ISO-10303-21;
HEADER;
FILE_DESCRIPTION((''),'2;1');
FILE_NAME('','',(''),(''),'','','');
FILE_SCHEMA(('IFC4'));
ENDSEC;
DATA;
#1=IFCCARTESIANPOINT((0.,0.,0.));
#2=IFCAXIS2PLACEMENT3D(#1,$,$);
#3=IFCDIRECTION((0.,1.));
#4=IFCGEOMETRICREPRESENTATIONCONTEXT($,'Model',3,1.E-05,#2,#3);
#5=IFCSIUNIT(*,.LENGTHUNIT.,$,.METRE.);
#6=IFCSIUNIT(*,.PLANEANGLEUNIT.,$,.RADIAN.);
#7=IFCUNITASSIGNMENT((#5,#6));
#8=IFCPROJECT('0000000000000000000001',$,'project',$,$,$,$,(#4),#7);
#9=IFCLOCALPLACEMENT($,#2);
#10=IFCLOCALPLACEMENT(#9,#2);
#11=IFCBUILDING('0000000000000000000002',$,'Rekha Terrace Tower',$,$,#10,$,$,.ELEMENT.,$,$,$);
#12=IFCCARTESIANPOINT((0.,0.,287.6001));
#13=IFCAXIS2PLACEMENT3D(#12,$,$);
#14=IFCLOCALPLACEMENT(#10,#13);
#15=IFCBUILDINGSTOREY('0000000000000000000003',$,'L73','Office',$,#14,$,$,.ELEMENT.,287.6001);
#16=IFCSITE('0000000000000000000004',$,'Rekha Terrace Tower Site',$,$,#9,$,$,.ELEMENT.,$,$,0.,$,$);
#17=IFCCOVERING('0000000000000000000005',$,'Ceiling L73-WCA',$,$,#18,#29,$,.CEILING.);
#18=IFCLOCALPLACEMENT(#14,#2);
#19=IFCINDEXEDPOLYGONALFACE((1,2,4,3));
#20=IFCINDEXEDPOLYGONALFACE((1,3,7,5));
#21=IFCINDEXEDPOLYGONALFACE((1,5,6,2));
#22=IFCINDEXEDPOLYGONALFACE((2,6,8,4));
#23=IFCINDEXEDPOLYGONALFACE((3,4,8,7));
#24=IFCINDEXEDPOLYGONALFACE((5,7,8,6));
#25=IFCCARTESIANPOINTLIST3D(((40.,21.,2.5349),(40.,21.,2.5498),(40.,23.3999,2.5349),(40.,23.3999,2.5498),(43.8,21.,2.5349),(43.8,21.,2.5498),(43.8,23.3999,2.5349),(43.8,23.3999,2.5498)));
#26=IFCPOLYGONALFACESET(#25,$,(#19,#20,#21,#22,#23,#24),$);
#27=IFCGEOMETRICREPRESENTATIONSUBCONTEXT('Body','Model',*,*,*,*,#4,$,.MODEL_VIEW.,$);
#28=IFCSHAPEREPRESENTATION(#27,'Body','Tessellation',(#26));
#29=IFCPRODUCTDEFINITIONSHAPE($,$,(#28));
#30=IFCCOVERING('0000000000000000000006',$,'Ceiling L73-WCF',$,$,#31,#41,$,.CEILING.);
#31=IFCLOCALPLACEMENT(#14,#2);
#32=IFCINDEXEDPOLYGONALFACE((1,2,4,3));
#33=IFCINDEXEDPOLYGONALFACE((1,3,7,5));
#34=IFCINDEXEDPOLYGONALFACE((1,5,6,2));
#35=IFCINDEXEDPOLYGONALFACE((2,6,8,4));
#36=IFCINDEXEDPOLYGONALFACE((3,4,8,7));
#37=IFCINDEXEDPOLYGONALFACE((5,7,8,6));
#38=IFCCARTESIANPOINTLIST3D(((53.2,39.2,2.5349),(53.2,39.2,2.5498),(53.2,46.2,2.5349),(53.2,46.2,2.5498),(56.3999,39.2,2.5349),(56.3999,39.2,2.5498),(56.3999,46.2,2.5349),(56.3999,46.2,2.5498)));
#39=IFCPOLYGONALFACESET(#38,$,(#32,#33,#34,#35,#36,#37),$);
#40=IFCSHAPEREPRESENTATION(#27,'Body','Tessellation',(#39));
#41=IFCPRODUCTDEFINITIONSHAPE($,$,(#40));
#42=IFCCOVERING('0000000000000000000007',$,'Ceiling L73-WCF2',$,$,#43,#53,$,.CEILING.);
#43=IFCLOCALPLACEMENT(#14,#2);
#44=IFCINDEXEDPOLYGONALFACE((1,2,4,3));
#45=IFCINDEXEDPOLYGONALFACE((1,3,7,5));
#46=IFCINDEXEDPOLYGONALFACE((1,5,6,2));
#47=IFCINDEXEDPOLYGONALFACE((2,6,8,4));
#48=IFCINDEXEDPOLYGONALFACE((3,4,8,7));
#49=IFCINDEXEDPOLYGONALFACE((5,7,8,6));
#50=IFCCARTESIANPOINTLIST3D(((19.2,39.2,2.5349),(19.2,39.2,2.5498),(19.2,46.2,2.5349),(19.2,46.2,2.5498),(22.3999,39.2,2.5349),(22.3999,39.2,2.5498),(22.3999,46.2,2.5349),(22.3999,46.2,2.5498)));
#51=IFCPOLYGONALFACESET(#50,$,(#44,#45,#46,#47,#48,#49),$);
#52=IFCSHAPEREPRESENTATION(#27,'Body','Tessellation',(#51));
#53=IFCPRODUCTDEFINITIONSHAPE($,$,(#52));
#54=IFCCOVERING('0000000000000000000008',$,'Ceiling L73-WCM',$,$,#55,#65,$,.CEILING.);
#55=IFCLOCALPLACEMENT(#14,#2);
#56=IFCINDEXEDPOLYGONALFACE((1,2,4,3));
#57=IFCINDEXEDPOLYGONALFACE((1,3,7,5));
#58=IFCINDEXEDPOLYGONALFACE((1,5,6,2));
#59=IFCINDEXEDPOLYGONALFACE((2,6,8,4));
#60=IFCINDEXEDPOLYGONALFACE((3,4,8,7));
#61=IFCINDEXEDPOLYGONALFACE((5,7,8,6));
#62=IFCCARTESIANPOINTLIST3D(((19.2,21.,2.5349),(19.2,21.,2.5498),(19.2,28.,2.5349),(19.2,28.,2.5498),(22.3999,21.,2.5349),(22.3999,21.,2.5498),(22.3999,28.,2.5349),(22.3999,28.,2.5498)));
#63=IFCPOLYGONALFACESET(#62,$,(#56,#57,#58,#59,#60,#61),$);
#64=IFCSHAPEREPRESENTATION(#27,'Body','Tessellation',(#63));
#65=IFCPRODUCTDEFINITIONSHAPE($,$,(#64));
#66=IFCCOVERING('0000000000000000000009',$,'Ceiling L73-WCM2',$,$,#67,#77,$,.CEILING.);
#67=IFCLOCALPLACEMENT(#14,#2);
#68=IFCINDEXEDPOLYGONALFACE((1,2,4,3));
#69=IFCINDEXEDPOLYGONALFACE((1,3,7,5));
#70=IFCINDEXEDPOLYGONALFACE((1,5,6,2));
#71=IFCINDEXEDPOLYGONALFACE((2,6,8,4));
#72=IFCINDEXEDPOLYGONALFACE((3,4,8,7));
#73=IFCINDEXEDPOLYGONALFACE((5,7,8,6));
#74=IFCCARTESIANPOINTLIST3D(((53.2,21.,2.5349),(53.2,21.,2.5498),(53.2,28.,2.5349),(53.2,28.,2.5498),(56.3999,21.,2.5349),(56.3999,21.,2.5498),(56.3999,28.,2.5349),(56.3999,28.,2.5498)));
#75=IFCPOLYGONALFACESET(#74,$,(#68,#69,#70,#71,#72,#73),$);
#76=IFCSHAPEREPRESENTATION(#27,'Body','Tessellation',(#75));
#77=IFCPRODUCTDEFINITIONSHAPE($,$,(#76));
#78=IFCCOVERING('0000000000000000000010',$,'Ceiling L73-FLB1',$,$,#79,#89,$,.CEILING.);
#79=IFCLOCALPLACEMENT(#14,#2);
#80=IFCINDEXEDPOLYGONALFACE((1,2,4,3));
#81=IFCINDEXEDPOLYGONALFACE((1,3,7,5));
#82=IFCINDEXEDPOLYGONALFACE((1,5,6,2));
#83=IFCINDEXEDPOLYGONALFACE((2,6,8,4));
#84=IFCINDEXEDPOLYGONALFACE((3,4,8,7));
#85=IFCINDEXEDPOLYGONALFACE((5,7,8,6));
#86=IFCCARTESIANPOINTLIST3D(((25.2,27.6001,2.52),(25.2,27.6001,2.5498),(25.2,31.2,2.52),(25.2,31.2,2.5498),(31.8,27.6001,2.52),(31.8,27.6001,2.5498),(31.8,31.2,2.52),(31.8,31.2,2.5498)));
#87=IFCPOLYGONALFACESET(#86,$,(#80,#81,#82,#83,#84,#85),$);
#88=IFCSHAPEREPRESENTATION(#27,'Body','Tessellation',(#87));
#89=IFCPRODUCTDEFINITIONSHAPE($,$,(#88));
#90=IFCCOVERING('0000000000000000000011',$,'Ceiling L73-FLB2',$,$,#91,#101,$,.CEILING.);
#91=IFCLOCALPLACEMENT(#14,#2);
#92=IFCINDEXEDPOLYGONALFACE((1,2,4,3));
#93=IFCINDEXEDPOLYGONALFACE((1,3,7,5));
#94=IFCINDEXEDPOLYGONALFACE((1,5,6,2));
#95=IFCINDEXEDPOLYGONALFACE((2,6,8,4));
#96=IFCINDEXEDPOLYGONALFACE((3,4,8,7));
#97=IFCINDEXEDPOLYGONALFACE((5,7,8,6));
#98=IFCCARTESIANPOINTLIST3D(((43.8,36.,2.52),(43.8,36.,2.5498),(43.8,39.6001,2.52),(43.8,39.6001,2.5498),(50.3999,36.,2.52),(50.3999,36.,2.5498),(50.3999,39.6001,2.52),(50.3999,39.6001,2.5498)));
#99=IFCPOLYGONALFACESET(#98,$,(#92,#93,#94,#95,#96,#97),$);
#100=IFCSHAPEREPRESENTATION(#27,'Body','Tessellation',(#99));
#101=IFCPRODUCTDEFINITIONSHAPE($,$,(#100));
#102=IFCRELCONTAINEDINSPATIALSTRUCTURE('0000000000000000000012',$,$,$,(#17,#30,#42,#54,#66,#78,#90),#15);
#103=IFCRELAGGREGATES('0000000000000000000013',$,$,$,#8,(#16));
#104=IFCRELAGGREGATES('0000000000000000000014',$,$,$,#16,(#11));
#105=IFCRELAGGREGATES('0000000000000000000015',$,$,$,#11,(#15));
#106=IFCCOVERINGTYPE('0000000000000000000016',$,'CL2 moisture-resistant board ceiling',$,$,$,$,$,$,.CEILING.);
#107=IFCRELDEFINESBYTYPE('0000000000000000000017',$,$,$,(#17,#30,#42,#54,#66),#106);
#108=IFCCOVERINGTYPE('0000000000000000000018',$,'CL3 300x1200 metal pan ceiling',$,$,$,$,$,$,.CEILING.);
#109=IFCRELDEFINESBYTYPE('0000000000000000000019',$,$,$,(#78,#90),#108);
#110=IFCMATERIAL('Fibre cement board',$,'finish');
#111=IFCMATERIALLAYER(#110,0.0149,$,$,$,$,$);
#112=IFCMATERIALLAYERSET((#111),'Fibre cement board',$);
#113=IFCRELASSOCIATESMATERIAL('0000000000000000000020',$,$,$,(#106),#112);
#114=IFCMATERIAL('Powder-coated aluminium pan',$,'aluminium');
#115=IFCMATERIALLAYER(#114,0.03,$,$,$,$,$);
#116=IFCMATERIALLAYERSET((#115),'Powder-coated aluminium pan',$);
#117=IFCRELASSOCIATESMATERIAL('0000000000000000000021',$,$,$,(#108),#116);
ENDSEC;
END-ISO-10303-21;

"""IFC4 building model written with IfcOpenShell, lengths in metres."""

from ifc_helpers import new_model, si_unit, direction, frame, origin, place, context, subcontext, project, spatial, polyline, outline, extrude, material, layer, layer_set, type_object, element, save


model = new_model("IFC4")

# Units and contexts
model_context = context("Model", 3, precision=1e-05, world=origin(), true_north=direction((0.0, 1.0)))
body_context = subcontext(model_context, "Body", "Model", "MODEL_VIEW")
ifc_project = project(units=[si_unit("LENGTHUNIT", "METRE"), si_unit("PLANEANGLEUNIT", "RADIAN")], contexts=[model_context])

# Site, building, storey
site_placement = place(None, origin())
site = spatial("IfcSite", under=ifc_project, at=site_placement, Name="Rekha Terrace Tower Site", CompositionType="ELEMENT", RefElevation=0.0)
building_placement = place(site_placement, origin())
building = spatial("IfcBuilding", under=site, at=building_placement, Name="Rekha Terrace Tower", CompositionType="ELEMENT")
storey_placement = place(building_placement, frame((0.0, 0.0, 287.6001)))
storey = spatial("IfcBuildingStorey", under=building, at=storey_placement, Name="L73", Description="Office", CompositionType="ELEMENT", Elevation=287.6001)

# Coverings
ifc_material_1 = material(Name="Fibre cement board", Category="finish")
ifc_layer_1 = layer(ifc_material_1, 0.0149)
ifc_layer_set_1 = layer_set([ifc_layer_1], Name="Fibre cement board")
covering_type_1 = type_object("IfcCoveringType", Name="CL2 moisture-resistant board ceiling", PredefinedType="CEILING", material=ifc_layer_set_1)
covering_1_placement = place(storey_placement, frame((0.0, 0.0, 2.5349)))
element("IfcCovering", 1, at=covering_1_placement, inside=storey, type_object=covering_type_1, Name="Ceiling L73-WCA", PredefinedType="CEILING", context=body_context, shape_type="SweptSolid", body=[
    extrude(outline(polyline([(43.8, 23.3999), (40.0, 23.3999), (40.0, 21.0), (43.8, 21.0), (43.8, 23.3999)])), origin(), (0.0, 0.0, 1.0), 0.0149),
])
covering_2_placement = place(storey_placement, frame((0.0, 0.0, 2.5349)))
element("IfcCovering", 2, at=covering_2_placement, inside=storey, type_object=covering_type_1, Name="Ceiling L73-WCF", PredefinedType="CEILING", context=body_context, shape_type="SweptSolid", body=[
    extrude(outline(polyline([(56.3999, 46.2), (53.2, 46.2), (53.2, 39.2), (56.3999, 39.2), (56.3999, 46.2)])), origin(), (0.0, 0.0, 1.0), 0.0149),
])
covering_3_placement = place(storey_placement, frame((0.0, 0.0, 2.5349)))
element("IfcCovering", 3, at=covering_3_placement, inside=storey, type_object=covering_type_1, Name="Ceiling L73-WCF2", PredefinedType="CEILING", context=body_context, shape_type="SweptSolid", body=[
    extrude(outline(polyline([(22.3999, 46.2), (19.2, 46.2), (19.2, 39.2), (22.3999, 39.2), (22.3999, 46.2)])), origin(), (0.0, 0.0, 1.0), 0.0149),
])
covering_4_placement = place(storey_placement, frame((0.0, 0.0, 2.5349)))
element("IfcCovering", 4, at=covering_4_placement, inside=storey, type_object=covering_type_1, Name="Ceiling L73-WCM", PredefinedType="CEILING", context=body_context, shape_type="SweptSolid", body=[
    extrude(outline(polyline([(22.3999, 28.0), (19.2, 28.0), (19.2, 21.0), (22.3999, 21.0), (22.3999, 28.0)])), origin(), (0.0, 0.0, 1.0), 0.0149),
])
covering_5_placement = place(storey_placement, frame((0.0, 0.0, 2.5349)))
element("IfcCovering", 5, at=covering_5_placement, inside=storey, type_object=covering_type_1, Name="Ceiling L73-WCM2", PredefinedType="CEILING", context=body_context, shape_type="SweptSolid", body=[
    extrude(outline(polyline([(56.3999, 28.0), (53.2, 28.0), (53.2, 21.0), (56.3999, 21.0), (56.3999, 28.0)])), origin(), (0.0, 0.0, 1.0), 0.0149),
])
ifc_material_2 = material(Name="Powder-coated aluminium pan", Category="aluminium")
ifc_layer_2 = layer(ifc_material_2, 0.03)
ifc_layer_set_2 = layer_set([ifc_layer_2], Name="Powder-coated aluminium pan")
covering_type_2 = type_object("IfcCoveringType", Name="CL3 300x1200 metal pan ceiling", PredefinedType="CEILING", material=ifc_layer_set_2)
covering_6_placement = place(storey_placement, frame((0.0, 0.0, 2.52)))
element("IfcCovering", 6, at=covering_6_placement, inside=storey, type_object=covering_type_2, Name="Ceiling L73-FLB1", PredefinedType="CEILING", context=body_context, shape_type="SweptSolid", body=[
    extrude(outline(polyline([(31.8, 31.2), (25.2, 31.2), (25.2, 27.6001), (31.8, 27.6001), (31.8, 31.2)])), origin(), (0.0, 0.0, 1.0), 0.0298),
])
covering_7_placement = place(storey_placement, frame((0.0, 0.0, 2.52)))
element("IfcCovering", 7, at=covering_7_placement, inside=storey, type_object=covering_type_2, Name="Ceiling L73-FLB2", PredefinedType="CEILING", context=body_context, shape_type="SweptSolid", body=[
    extrude(outline(polyline([(50.3999, 39.6001), (43.8, 39.6001), (43.8, 36.0), (50.3999, 36.0), (50.3999, 39.6001)])), origin(), (0.0, 0.0, 1.0), 0.0298),
])

save(model, "model.ifc")
